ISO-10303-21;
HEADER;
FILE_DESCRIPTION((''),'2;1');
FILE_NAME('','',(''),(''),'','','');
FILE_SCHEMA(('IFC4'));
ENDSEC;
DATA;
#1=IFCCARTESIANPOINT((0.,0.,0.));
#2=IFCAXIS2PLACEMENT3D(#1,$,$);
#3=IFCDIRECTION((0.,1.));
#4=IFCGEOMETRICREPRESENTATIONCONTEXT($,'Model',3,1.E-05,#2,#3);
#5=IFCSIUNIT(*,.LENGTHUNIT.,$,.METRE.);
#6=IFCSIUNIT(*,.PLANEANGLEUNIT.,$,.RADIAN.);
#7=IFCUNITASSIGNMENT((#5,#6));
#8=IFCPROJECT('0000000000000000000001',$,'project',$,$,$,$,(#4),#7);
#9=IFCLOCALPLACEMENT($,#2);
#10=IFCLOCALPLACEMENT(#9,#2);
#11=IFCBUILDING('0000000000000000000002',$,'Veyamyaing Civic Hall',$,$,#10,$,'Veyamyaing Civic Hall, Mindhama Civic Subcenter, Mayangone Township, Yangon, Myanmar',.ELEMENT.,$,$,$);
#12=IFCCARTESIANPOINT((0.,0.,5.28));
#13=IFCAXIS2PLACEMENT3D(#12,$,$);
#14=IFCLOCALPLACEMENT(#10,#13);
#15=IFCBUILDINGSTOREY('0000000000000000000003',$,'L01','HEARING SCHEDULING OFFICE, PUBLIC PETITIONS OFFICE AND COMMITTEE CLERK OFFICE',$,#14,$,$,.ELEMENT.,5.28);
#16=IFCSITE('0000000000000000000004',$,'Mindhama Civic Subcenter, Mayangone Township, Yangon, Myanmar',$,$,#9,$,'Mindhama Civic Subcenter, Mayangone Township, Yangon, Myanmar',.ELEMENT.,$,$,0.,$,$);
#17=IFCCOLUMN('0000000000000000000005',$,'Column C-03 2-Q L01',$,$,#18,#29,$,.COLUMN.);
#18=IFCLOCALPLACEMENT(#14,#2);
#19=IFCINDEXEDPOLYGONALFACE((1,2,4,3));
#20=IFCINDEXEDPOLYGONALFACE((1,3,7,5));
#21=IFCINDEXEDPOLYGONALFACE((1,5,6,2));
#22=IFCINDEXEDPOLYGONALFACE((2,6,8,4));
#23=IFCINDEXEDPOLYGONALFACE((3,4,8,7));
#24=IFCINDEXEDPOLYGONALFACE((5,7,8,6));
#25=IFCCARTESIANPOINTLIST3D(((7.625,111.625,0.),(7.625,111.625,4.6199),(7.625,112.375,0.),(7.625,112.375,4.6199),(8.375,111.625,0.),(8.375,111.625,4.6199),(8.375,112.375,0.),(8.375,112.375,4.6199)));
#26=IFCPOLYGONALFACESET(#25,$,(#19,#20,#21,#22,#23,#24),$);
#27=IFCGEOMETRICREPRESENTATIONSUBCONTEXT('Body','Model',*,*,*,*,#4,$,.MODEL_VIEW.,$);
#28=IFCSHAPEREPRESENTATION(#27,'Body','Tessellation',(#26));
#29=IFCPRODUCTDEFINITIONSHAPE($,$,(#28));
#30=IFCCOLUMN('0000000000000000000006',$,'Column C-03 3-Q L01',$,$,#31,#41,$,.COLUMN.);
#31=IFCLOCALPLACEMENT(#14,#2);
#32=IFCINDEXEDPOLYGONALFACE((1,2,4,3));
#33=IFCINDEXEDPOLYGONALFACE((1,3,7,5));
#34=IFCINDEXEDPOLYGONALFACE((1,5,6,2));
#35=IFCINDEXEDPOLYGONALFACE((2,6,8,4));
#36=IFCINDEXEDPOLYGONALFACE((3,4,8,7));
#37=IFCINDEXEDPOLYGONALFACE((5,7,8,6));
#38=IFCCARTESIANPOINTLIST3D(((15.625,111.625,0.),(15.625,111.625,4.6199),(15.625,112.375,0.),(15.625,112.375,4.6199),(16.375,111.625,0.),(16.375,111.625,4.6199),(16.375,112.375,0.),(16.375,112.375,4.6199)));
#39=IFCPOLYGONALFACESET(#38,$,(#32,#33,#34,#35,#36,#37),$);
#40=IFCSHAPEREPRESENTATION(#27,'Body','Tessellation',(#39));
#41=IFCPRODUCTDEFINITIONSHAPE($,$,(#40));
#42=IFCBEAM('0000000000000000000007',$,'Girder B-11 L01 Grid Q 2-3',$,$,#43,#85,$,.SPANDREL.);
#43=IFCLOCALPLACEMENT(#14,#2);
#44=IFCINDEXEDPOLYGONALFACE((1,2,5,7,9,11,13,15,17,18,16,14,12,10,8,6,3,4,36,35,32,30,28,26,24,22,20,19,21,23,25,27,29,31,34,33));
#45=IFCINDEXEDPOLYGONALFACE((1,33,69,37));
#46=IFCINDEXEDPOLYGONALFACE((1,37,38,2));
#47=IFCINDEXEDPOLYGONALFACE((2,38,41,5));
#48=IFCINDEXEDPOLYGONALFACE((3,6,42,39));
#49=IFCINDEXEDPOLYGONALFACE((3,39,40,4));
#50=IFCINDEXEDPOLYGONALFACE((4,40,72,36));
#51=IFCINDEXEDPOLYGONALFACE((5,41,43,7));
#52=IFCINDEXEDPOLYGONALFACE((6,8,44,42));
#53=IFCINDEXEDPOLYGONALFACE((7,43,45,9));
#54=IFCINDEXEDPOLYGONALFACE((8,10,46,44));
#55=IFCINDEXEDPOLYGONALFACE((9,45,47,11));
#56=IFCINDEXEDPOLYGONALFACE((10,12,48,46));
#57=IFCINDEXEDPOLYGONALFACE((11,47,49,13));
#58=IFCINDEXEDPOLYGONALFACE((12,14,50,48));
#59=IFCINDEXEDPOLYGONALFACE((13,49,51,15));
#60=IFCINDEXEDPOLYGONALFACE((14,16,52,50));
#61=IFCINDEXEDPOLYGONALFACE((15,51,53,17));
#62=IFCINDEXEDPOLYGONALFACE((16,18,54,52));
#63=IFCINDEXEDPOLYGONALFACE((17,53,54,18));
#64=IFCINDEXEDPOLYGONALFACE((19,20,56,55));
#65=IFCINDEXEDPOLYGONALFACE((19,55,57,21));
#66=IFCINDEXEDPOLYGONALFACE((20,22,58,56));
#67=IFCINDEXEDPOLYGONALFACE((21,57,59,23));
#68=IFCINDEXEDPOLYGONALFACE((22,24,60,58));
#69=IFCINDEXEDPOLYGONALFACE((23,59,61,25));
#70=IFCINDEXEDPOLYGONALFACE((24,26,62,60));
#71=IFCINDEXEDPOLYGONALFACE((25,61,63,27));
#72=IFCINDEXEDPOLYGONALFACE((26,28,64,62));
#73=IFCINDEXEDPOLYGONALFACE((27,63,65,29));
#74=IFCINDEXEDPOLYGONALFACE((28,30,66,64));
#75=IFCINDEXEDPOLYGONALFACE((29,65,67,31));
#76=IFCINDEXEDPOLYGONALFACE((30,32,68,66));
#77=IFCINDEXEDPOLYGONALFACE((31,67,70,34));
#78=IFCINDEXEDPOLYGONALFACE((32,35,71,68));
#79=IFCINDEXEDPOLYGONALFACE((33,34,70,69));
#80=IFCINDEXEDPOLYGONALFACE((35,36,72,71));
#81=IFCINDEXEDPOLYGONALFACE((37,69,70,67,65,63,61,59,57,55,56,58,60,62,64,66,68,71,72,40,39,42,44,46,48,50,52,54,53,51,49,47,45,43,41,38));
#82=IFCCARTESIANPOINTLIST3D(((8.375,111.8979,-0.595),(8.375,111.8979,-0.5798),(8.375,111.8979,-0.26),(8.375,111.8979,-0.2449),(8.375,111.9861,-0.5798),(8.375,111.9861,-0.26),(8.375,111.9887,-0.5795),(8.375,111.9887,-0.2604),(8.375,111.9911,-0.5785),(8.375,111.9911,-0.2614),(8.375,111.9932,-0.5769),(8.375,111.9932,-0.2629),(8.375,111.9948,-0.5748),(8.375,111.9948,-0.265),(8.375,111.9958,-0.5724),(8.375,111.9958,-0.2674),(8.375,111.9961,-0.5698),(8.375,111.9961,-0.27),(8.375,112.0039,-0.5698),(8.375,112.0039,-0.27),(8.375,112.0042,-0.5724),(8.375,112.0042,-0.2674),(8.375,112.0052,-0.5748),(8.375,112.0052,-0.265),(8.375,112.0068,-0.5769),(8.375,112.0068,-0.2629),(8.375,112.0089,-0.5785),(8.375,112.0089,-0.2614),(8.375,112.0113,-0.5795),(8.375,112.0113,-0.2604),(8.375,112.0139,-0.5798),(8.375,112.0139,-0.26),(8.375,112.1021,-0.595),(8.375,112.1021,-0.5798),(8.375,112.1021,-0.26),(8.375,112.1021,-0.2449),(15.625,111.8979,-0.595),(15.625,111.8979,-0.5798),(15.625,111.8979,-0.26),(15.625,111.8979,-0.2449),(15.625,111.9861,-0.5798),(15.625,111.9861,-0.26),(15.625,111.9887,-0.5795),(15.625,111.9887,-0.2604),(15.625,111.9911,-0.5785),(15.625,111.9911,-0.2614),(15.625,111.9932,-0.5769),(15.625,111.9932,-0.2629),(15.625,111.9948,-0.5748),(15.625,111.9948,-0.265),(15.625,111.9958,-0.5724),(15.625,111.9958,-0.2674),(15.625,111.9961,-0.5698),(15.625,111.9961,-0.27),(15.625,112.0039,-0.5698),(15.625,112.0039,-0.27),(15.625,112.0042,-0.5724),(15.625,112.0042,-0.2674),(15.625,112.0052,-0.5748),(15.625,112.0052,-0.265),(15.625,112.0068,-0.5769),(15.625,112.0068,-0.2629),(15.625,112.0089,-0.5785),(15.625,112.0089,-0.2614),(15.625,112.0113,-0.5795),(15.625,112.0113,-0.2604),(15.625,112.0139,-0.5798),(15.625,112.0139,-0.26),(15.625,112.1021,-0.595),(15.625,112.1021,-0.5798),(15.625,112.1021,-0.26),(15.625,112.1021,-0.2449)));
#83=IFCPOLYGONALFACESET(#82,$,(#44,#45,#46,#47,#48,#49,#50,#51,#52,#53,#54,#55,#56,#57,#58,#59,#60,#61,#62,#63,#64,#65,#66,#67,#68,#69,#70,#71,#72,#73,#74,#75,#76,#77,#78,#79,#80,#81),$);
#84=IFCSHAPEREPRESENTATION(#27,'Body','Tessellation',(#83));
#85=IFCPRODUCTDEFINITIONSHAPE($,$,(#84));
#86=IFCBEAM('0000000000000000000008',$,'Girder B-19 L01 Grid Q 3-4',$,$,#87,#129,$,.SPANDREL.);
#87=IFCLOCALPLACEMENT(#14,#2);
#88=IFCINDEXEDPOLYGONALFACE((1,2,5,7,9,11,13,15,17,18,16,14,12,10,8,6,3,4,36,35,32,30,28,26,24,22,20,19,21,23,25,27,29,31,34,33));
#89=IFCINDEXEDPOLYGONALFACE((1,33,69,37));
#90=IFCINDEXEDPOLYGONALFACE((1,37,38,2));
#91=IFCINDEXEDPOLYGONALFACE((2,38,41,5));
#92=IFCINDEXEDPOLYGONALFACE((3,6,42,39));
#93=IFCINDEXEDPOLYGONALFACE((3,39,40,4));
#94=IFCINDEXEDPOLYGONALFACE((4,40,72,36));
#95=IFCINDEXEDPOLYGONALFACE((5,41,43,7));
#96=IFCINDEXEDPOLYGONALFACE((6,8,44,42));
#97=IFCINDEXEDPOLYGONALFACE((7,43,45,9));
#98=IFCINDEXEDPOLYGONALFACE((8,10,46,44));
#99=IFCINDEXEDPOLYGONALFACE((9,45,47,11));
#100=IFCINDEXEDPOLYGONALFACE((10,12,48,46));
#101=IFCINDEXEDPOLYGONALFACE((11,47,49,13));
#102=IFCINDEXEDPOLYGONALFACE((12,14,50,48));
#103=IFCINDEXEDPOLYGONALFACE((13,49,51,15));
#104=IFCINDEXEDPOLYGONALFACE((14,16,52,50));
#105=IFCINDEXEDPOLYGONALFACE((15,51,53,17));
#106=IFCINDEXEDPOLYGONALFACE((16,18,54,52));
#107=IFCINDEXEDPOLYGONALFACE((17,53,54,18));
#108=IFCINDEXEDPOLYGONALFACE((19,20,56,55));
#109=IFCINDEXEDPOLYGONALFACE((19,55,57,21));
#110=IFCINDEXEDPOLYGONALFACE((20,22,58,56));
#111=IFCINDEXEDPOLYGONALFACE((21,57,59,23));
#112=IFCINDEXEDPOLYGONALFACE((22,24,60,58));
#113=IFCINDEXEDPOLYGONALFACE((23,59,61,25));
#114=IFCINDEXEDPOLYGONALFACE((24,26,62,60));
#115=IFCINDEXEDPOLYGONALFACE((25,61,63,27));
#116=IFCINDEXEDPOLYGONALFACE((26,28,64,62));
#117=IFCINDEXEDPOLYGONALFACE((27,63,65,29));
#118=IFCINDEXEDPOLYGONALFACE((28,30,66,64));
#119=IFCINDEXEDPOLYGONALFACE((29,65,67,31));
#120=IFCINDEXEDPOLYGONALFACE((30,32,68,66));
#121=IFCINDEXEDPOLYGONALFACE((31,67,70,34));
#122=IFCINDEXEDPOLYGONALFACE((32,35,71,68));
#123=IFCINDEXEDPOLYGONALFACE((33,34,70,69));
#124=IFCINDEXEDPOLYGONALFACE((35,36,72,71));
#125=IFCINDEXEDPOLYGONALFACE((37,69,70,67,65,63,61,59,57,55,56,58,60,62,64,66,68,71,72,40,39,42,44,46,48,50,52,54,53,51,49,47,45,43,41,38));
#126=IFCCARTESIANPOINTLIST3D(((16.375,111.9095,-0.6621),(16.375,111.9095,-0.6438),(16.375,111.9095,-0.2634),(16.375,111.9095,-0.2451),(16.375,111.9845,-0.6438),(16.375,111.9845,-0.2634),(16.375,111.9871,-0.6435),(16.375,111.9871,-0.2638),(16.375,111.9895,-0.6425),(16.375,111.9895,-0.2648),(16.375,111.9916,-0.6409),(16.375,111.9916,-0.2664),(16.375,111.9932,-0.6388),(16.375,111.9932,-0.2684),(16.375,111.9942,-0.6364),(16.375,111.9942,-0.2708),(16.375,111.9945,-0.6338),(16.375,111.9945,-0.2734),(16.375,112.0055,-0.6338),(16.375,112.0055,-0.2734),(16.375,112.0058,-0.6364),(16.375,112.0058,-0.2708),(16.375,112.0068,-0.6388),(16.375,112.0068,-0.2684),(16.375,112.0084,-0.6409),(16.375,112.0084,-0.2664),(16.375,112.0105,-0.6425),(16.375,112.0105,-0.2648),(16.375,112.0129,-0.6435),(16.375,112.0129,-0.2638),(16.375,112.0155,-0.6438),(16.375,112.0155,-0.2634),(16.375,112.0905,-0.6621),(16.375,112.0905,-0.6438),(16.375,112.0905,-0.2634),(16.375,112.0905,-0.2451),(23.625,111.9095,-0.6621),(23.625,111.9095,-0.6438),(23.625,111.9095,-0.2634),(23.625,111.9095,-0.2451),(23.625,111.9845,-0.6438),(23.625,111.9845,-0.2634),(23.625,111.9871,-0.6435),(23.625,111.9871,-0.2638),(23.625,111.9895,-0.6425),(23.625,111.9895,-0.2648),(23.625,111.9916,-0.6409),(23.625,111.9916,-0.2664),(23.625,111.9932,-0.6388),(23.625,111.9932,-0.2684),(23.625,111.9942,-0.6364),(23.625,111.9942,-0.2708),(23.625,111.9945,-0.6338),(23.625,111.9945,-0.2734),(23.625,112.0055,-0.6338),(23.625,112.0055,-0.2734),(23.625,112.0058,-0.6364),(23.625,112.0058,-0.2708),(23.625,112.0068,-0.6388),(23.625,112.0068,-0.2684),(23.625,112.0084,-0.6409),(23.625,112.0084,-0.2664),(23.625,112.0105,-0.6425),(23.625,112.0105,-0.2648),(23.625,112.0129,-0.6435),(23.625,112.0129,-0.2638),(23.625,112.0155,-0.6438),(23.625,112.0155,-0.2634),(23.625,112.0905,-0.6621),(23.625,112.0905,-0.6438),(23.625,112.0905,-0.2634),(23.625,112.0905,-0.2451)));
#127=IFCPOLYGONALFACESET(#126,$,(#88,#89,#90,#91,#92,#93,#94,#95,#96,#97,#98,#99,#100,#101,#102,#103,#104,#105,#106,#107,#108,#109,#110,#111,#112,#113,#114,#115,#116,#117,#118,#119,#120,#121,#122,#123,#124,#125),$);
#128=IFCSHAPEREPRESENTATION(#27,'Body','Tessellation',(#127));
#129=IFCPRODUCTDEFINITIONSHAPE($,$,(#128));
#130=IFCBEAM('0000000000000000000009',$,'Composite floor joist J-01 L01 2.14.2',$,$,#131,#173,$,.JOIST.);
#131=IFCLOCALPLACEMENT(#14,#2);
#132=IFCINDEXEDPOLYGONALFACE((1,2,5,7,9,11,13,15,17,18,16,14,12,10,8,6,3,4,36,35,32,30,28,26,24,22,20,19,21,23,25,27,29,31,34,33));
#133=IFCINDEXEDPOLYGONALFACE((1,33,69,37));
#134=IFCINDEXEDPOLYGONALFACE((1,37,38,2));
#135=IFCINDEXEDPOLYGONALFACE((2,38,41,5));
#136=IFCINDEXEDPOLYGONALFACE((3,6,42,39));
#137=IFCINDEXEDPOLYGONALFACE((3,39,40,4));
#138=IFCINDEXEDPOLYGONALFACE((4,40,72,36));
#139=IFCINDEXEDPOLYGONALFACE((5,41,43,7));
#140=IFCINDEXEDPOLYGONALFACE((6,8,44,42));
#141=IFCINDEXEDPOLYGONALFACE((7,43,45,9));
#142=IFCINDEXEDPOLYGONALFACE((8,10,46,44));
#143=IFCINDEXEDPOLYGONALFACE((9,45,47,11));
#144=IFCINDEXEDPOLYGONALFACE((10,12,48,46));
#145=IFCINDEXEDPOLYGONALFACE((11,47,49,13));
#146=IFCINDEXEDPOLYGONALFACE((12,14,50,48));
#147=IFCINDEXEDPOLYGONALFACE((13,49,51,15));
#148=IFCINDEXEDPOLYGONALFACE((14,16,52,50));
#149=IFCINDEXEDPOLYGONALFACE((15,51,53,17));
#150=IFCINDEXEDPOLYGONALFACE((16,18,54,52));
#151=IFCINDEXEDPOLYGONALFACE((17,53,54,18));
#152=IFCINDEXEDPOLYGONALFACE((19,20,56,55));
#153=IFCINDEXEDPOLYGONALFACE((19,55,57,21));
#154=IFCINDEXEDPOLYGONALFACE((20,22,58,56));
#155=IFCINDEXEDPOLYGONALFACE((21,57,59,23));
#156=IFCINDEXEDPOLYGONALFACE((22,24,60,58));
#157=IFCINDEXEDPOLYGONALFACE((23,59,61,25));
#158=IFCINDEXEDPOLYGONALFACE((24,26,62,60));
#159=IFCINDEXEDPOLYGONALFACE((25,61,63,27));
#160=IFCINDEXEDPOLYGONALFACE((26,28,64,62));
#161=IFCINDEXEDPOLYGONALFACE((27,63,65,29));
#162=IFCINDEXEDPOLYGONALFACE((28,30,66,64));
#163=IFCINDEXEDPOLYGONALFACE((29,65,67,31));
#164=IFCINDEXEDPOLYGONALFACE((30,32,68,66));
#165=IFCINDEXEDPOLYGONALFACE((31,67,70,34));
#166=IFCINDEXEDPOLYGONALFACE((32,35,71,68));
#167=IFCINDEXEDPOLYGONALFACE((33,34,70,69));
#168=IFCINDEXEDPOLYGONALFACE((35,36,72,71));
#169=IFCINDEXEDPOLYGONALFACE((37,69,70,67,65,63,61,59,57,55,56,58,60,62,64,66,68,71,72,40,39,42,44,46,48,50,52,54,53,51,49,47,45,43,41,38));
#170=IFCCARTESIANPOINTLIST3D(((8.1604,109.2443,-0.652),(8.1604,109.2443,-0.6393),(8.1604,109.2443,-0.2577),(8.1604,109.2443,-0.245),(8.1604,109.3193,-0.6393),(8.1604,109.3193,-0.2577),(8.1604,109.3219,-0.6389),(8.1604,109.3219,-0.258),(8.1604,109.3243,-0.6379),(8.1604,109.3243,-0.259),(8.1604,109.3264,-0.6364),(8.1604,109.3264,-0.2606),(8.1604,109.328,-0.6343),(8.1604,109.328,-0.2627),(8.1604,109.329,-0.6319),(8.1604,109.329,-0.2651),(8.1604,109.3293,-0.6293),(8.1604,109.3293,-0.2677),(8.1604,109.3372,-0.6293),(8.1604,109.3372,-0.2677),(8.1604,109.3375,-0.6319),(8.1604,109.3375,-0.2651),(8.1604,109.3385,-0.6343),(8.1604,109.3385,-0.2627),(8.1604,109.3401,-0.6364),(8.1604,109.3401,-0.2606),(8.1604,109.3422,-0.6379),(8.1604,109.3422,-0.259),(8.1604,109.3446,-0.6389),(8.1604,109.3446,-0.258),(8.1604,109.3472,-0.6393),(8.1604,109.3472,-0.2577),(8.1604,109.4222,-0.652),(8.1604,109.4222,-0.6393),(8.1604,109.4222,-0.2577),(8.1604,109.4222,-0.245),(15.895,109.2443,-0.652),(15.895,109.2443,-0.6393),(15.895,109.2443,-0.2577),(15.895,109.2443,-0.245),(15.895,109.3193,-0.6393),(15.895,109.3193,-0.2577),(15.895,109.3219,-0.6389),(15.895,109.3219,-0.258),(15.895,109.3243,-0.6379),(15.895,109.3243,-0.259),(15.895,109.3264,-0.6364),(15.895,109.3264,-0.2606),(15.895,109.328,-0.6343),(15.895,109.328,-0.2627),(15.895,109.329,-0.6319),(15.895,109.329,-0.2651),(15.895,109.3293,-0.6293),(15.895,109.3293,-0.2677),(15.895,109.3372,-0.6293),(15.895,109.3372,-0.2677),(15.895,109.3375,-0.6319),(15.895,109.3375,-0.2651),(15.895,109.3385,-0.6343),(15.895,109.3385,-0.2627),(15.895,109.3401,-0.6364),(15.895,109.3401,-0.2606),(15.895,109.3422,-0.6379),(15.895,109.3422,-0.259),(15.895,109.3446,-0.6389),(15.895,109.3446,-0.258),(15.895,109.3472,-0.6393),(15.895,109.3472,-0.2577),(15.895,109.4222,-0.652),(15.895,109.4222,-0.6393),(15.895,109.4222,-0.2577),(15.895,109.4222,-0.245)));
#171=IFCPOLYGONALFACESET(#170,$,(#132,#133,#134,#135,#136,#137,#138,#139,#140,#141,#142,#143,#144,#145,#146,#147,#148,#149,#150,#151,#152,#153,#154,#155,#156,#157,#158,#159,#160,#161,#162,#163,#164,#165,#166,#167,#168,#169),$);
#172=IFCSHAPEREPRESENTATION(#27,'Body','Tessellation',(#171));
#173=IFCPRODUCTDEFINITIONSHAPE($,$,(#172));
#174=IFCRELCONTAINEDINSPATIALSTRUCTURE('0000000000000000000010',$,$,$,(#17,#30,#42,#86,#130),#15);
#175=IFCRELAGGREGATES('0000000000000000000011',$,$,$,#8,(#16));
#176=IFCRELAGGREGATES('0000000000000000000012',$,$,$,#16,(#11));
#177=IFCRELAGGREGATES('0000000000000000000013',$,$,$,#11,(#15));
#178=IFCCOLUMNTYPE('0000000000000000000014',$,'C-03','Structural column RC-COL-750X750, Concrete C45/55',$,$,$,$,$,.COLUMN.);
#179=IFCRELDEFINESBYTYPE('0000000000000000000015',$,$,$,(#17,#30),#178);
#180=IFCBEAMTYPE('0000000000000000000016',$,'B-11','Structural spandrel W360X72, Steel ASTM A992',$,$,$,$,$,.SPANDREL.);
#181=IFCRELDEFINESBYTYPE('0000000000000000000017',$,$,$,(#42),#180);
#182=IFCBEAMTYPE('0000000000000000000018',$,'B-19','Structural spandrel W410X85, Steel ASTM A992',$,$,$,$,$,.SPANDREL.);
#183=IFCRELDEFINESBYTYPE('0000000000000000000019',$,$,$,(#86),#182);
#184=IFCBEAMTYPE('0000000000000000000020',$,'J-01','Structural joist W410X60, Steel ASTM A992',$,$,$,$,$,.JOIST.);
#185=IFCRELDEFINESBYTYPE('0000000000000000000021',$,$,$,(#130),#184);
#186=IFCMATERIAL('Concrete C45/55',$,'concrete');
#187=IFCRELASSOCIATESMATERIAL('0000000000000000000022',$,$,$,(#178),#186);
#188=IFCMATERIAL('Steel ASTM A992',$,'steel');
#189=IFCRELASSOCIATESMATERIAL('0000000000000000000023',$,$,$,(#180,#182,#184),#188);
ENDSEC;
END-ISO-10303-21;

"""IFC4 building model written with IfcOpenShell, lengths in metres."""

from ifc_helpers import new_model, si_unit, direction, frame, origin, origin_2d, place, context, subcontext, project, spatial, rectangle, i_section, extrude, material, material_profile, profile_set, type_object, element, save


model = new_model("IFC4")

# Units and contexts
model_context = context("Model", 3, precision=1e-05, world=origin(), true_north=direction((0.0, 1.0)))
body_context = subcontext(model_context, "Body", "Model", "MODEL_VIEW")
ifc_project = project(units=[si_unit("LENGTHUNIT", "METRE"), si_unit("PLANEANGLEUNIT", "RADIAN")], contexts=[model_context])

# Site, building, storey
site_placement = place(None, origin())
site = spatial("IfcSite", under=ifc_project, at=site_placement, Name="Mindhama Civic Subcenter, Mayangone Township, Yangon, Myanmar", LongName="Mindhama Civic Subcenter, Mayangone Township, Yangon, Myanmar", CompositionType="ELEMENT", RefElevation=0.0)
building_placement = place(site_placement, origin())
building = spatial("IfcBuilding", under=site, at=building_placement, Name="Veyamyaing Civic Hall", LongName="Veyamyaing Civic Hall, Mindhama Civic Subcenter, Mayangone Township, Yangon, Myanmar", CompositionType="ELEMENT")
storey_placement = place(building_placement, frame((0.0, 0.0, 5.28)))
storey = spatial("IfcBuildingStorey", under=building, at=storey_placement, Name="L01", Description="HEARING SCHEDULING OFFICE, PUBLIC PETITIONS OFFICE AND COMMITTEE CLERK OFFICE", CompositionType="ELEMENT", Elevation=5.28)

# Columns
ifc_material_1 = material(Name="Concrete C45/55", Category="concrete")
ifc_material_profile_1 = material_profile(ifc_material_1, rectangle(XDim=0.75, YDim=0.75, at=origin_2d()), Name="RC-COL-750X750")
ifc_profile_set_1 = profile_set([ifc_material_profile_1], Name="Concrete C45/55")
column_type = type_object("IfcColumnType", Name="C-03", Description="Structural column RC-COL-750X750, Concrete C45/55", PredefinedType="COLUMN", material=ifc_profile_set_1)
for number, where, z_axis, x_axis, name in (
    (1, (8.0, 112.0, 0.0), (0.0, 0.0, 1.0), (1.0, 0.0, 0.0), "Column C-03 2-Q L01"),
    (2, (16.0, 112.0, 0.0), (0.0, 0.0, 1.0), (1.0, 0.0, 0.0), "Column C-03 3-Q L01"),
):
    element("IfcColumn", number, at=place(storey_placement, frame(where, z_axis=z_axis, x_axis=x_axis)), inside=storey, type_object=column_type, Name=name, PredefinedType="COLUMN", context=body_context, shape_type="SweptSolid", body=[
        extrude(rectangle(XDim=0.75, YDim=0.75, at=origin_2d()), origin(), (0.0, 0.0, 1.0), 4.6199),
    ])

# Beams
ifc_material_2 = material(Name="Steel ASTM A992", Category="steel")
ifc_material_profile_2 = material_profile(ifc_material_2, i_section(OverallWidth=0.2041, OverallDepth=0.3501, WebThickness=0.0078, FlangeThickness=0.0151, FilletRadius=0.01, at=origin_2d()), Name="W360X72")
ifc_profile_set_2 = profile_set([ifc_material_profile_2], Name="Steel ASTM A992")
beam_type_1 = type_object("IfcBeamType", Name="B-11", Description="Structural spandrel W360X72, Steel ASTM A992", PredefinedType="SPANDREL", material=ifc_profile_set_2)
beam_1_placement = place(storey_placement, frame((8.375, 112.0, -0.4199), z_axis=(1.0, 0.0, 0.0), x_axis=(0.0, 1.0, 0.0)))
element("IfcBeam", 3, at=beam_1_placement, inside=storey, type_object=beam_type_1, Name="Girder B-11 L01 Grid Q 2-3", PredefinedType="SPANDREL", context=body_context, shape_type="SweptSolid", body=[
    extrude(i_section(OverallWidth=0.2041, OverallDepth=0.3501, WebThickness=0.0078, FlangeThickness=0.0151, FilletRadius=0.01, at=origin_2d()), origin(), (0.0, 0.0, 1.0), 7.25),
])
ifc_material_profile_3 = material_profile(ifc_material_2, i_section(OverallWidth=0.1809, OverallDepth=0.417, WebThickness=0.011, FlangeThickness=0.0183, FilletRadius=0.01, at=origin_2d()), Name="W410X85")
ifc_profile_set_3 = profile_set([ifc_material_profile_3], Name="Steel ASTM A992")
beam_type_2 = type_object("IfcBeamType", Name="B-19", Description="Structural spandrel W410X85, Steel ASTM A992", PredefinedType="SPANDREL", material=ifc_profile_set_3)
beam_2_placement = place(storey_placement, frame((16.375, 112.0, -0.4536), z_axis=(1.0, 0.0, 0.0), x_axis=(0.0, 1.0, 0.0)))
element("IfcBeam", 4, at=beam_2_placement, inside=storey, type_object=beam_type_2, Name="Girder B-19 L01 Grid Q 3-4", PredefinedType="SPANDREL", context=body_context, shape_type="SweptSolid", body=[
    extrude(i_section(OverallWidth=0.1809, OverallDepth=0.417, WebThickness=0.011, FlangeThickness=0.0183, FilletRadius=0.01, at=origin_2d()), origin(), (0.0, 0.0, 1.0), 7.25),
])
ifc_material_profile_4 = material_profile(ifc_material_2, i_section(OverallWidth=0.178, OverallDepth=0.407, WebThickness=0.0078, FlangeThickness=0.0127, FilletRadius=0.01, at=origin_2d()), Name="W410X60")
ifc_profile_set_4 = profile_set([ifc_material_profile_4], Name="Steel ASTM A992")
beam_type_3 = type_object("IfcBeamType", Name="J-01", Description="Structural joist W410X60, Steel ASTM A992", PredefinedType="JOIST", material=ifc_profile_set_4)
beam_3_placement = place(storey_placement, frame((8.1604, 109.3333, -0.4485), z_axis=(1.0, 0.0, 0.0), x_axis=(0.0, 1.0, 0.0)))
element("IfcBeam", 5, at=beam_3_placement, inside=storey, type_object=beam_type_3, Name="Composite floor joist J-01 L01 2.14.2", PredefinedType="JOIST", context=body_context, shape_type="SweptSolid", body=[
    extrude(i_section(OverallWidth=0.178, OverallDepth=0.407, WebThickness=0.0078, FlangeThickness=0.0127, FilletRadius=0.01, at=origin_2d()), origin(), (0.0, 0.0, 1.0), 7.7346),
])

save(model, "model.ifc")
